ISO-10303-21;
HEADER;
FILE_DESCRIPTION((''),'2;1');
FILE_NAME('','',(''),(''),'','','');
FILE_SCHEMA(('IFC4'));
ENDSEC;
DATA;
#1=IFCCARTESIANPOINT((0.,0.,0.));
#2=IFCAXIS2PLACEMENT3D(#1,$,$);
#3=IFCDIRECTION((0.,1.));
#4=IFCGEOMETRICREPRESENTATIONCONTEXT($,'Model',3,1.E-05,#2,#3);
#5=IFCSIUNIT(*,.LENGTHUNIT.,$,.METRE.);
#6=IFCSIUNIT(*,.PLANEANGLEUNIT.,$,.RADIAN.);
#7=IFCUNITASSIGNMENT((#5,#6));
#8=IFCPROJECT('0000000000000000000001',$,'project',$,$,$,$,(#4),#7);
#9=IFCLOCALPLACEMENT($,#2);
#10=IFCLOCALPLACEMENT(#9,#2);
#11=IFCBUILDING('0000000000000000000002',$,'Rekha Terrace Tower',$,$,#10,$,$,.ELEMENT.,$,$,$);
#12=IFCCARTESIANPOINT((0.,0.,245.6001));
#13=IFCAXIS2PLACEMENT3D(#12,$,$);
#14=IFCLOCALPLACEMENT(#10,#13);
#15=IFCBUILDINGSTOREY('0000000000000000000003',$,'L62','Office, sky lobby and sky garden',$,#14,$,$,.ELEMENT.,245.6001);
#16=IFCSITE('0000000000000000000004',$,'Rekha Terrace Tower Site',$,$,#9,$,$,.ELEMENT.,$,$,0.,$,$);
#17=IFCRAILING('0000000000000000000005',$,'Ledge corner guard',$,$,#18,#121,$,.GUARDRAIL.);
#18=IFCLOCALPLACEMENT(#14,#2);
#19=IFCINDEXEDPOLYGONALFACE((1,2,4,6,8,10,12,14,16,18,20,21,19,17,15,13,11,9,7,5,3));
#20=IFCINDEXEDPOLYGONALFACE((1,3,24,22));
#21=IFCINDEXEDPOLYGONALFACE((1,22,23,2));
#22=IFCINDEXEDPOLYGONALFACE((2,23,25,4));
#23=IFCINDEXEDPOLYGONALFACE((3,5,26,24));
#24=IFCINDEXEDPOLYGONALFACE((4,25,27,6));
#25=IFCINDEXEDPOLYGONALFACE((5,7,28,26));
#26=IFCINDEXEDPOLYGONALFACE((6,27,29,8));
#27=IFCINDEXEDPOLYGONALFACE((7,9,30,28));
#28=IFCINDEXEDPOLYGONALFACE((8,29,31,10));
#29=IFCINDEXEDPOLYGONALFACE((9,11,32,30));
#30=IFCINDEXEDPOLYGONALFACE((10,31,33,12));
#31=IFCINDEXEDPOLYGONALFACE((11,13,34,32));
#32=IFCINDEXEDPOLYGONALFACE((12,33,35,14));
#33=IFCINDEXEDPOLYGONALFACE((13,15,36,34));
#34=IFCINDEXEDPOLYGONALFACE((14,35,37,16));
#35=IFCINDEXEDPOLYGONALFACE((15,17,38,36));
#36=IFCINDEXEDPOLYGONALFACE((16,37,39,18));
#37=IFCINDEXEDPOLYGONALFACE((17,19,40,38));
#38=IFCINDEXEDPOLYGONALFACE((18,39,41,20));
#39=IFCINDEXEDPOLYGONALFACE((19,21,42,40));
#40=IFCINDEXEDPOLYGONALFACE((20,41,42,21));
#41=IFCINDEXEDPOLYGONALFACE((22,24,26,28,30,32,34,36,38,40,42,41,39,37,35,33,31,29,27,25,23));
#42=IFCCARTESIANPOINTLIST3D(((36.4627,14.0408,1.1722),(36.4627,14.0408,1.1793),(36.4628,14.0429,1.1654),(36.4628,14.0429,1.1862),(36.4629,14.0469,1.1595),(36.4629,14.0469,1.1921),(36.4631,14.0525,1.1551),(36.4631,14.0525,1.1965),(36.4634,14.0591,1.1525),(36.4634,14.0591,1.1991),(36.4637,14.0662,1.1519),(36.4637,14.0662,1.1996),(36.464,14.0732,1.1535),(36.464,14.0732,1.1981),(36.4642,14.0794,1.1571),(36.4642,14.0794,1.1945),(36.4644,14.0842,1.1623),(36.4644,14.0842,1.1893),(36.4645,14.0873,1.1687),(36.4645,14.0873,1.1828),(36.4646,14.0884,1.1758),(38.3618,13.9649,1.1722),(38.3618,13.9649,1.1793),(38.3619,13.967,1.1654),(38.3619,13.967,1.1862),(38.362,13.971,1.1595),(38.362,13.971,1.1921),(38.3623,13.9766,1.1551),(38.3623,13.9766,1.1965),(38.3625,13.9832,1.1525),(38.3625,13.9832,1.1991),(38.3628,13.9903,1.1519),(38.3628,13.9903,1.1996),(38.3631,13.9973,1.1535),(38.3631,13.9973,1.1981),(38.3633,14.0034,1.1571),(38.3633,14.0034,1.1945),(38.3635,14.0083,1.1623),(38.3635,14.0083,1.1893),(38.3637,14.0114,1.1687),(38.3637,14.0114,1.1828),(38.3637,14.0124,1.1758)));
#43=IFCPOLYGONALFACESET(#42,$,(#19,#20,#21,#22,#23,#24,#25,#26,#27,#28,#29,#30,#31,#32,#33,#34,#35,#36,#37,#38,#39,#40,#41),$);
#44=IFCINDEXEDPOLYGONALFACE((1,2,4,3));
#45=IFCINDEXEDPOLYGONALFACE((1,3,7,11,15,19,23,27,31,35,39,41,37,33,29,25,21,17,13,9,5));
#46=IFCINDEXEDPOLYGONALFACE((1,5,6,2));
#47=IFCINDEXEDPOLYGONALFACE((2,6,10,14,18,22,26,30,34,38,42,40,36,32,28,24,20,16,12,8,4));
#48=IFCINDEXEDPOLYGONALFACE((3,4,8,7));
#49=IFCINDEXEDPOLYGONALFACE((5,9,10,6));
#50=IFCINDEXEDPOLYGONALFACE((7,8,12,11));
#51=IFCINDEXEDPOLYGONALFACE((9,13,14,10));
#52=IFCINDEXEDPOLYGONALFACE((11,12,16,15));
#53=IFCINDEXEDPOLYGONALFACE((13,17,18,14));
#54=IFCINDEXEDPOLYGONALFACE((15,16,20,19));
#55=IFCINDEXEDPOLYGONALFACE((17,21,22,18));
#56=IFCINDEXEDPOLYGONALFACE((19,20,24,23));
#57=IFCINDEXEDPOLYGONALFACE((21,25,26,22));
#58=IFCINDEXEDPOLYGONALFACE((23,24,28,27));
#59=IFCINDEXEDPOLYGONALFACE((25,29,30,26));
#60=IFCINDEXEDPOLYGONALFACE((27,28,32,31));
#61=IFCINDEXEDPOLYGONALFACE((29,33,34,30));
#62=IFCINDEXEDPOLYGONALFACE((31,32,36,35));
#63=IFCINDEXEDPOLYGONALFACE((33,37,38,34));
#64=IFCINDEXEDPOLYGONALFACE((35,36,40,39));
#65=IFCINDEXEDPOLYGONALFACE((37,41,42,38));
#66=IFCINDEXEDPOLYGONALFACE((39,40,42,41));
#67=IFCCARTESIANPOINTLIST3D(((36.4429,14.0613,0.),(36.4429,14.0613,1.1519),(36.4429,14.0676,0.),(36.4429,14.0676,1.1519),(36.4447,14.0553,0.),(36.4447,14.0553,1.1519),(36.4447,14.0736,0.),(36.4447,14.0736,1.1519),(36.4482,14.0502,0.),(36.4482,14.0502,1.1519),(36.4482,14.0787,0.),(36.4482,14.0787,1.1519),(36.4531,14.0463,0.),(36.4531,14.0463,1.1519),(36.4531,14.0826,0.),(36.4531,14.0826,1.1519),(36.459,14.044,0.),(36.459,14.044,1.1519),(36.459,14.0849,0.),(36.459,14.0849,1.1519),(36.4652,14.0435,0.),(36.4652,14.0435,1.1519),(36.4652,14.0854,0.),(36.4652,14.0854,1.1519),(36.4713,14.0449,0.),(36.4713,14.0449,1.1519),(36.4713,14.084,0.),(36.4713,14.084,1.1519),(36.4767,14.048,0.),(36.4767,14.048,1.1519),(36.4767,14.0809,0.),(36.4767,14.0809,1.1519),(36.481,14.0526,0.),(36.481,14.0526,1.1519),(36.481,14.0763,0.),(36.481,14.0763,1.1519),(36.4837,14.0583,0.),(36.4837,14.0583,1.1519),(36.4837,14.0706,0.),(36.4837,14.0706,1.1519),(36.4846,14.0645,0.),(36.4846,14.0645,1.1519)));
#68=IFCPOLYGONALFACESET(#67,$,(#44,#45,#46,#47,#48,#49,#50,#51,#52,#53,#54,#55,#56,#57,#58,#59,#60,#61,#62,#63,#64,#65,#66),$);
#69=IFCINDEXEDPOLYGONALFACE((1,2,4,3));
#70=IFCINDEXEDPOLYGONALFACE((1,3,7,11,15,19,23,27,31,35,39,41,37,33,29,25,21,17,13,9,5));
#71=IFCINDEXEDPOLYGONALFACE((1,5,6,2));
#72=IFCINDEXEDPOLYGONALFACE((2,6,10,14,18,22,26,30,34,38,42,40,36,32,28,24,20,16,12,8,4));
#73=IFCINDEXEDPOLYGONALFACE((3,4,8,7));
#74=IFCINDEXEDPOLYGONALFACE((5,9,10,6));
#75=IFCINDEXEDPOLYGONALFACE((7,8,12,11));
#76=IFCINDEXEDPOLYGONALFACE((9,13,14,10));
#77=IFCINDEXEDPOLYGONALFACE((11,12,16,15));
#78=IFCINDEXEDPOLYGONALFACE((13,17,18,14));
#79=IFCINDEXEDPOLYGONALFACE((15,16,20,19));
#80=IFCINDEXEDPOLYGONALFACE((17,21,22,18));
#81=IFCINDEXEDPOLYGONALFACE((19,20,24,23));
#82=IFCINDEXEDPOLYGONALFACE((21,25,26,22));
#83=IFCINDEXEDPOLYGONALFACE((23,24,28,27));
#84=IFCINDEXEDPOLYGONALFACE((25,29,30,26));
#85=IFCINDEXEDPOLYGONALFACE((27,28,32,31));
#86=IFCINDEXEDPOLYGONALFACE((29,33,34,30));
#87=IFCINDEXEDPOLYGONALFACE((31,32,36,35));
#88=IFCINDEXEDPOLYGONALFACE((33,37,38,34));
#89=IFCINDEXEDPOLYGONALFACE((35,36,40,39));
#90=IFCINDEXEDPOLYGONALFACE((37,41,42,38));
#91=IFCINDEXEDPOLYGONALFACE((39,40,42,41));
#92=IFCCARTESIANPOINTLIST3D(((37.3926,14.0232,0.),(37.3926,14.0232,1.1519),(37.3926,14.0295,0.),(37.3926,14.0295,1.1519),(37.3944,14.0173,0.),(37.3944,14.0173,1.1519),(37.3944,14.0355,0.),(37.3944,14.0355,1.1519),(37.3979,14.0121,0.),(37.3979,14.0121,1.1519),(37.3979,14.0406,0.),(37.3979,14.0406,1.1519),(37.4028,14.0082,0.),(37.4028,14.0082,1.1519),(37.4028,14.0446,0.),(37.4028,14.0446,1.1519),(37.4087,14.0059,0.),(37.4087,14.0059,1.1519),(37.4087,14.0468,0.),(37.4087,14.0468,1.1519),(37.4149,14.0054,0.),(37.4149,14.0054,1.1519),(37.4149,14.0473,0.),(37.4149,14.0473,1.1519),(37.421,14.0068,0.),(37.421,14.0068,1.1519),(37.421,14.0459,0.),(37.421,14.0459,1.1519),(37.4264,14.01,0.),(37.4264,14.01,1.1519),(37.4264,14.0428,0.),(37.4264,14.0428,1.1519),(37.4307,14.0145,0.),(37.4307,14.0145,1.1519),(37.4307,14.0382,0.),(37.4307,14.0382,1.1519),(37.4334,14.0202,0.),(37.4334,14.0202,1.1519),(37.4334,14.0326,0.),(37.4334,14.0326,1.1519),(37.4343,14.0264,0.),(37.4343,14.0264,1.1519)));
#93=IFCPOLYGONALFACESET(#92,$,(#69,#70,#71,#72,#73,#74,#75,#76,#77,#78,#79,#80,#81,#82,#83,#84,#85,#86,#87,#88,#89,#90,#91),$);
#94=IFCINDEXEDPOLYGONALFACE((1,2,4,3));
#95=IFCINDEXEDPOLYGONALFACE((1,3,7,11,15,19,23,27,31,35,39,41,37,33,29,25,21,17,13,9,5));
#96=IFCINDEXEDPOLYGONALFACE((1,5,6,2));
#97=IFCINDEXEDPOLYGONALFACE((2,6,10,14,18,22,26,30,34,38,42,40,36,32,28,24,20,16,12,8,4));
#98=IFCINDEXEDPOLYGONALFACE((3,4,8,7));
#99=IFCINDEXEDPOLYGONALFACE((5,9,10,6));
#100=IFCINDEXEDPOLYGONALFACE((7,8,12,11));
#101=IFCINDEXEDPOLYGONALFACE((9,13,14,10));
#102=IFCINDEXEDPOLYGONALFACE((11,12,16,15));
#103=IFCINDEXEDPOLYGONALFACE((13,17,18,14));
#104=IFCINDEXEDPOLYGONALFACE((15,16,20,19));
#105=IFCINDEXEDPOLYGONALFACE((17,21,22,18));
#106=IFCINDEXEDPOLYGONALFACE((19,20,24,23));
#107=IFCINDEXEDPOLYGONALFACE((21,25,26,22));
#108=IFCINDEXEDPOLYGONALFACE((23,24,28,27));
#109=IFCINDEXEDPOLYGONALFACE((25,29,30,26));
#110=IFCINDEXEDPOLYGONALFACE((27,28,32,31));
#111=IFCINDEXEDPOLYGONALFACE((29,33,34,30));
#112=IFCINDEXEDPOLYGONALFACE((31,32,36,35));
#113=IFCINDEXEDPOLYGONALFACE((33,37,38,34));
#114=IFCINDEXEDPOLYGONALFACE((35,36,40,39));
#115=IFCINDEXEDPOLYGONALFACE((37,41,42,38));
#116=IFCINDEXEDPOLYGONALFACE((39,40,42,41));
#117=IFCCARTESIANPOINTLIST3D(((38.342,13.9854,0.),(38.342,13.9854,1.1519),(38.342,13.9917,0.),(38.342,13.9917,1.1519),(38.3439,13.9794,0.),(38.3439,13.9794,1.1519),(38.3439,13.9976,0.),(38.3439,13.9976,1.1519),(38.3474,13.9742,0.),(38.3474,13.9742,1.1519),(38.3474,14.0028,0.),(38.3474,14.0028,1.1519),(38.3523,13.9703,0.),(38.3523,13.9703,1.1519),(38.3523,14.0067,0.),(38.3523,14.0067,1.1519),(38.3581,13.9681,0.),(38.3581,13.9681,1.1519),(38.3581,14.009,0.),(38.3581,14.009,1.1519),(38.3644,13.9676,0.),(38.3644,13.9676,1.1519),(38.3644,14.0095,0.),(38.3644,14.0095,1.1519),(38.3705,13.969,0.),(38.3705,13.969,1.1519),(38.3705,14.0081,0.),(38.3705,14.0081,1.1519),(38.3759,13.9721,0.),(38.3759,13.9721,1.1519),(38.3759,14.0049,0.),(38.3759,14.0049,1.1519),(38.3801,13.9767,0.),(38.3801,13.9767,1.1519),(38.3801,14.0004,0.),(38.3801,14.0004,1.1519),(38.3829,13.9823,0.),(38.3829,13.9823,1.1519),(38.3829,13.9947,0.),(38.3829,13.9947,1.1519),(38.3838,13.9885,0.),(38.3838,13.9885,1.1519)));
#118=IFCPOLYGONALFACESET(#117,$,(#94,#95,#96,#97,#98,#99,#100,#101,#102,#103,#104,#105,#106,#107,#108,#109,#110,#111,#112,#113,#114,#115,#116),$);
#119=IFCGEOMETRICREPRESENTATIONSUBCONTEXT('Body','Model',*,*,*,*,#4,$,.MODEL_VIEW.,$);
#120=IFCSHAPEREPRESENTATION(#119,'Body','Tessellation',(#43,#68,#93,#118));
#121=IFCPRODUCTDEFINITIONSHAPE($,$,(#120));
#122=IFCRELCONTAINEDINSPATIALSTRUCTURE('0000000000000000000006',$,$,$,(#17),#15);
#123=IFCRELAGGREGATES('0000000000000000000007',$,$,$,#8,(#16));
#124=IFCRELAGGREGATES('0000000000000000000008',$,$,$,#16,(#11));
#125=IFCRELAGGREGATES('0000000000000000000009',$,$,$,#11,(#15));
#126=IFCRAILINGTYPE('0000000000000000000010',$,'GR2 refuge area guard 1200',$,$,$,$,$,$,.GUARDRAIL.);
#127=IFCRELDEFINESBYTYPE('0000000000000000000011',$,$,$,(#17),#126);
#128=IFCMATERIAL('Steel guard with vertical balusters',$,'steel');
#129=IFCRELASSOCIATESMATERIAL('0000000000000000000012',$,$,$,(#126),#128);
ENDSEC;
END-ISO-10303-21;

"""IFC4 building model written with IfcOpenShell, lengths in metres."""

from ifc_helpers import new_model, si_unit, direction, frame, origin, origin_2d, place, context, subcontext, project, spatial, circle, extrude, material, type_object, element, save


model = new_model("IFC4")

# Units and contexts
model_context = context("Model", 3, precision=1e-05, world=origin(), true_north=direction((0.0, 1.0)))
body_context = subcontext(model_context, "Body", "Model", "MODEL_VIEW")
ifc_project = project(units=[si_unit("LENGTHUNIT", "METRE"), si_unit("PLANEANGLEUNIT", "RADIAN")], contexts=[model_context])

# Site, building, storey
site_placement = place(None, origin())
site = spatial("IfcSite", under=ifc_project, at=site_placement, Name="Rekha Terrace Tower Site", CompositionType="ELEMENT", RefElevation=0.0)
building_placement = place(site_placement, origin())
building = spatial("IfcBuilding", under=site, at=building_placement, Name="Rekha Terrace Tower", CompositionType="ELEMENT")
storey_placement = place(building_placement, frame((0.0, 0.0, 245.6001)))
storey = spatial("IfcBuildingStorey", under=building, at=storey_placement, Name="L62", Description="Office, sky lobby and sky garden", CompositionType="ELEMENT", Elevation=245.6001)

# Railing
ifc_material_1 = material(Name="Steel guard with vertical balusters", Category="steel")
railing_type = type_object("IfcRailingType", Name="GR2 refuge area guard 1200", PredefinedType="GUARDRAIL", material=ifc_material_1)
railing_placement = place(storey_placement, frame((36.4636, 14.0645, 0.0)))
element("IfcRailing", 1, at=railing_placement, inside=storey, type_object=railing_type, Name="Ledge corner guard", PredefinedType="GUARDRAIL", context=body_context, shape_type="SweptSolid", body=[
    extrude(circle(Radius=0.0239, at=origin_2d()), frame((0.0, 0.0, 1.1758), z_axis=(0.999202, -0.039948, 0.0), x_axis=(0.039948, 0.999202, 0.0)), (0.0, 0.0, 1.0), 1.9006),
    extrude(circle(Radius=0.021, at=origin_2d()), origin(), (0.0, 0.0, 1.0), 1.1519),
    extrude(circle(Radius=0.021, at=origin_2d()), frame((0.9497, -0.0381, 0.0)), (0.0, 0.0, 1.0), 1.1519),
    extrude(circle(Radius=0.021, at=origin_2d()), frame((1.8992, -0.0759, 0.0)), (0.0, 0.0, 1.0), 1.1519),
])

save(model, "model.ifc")
